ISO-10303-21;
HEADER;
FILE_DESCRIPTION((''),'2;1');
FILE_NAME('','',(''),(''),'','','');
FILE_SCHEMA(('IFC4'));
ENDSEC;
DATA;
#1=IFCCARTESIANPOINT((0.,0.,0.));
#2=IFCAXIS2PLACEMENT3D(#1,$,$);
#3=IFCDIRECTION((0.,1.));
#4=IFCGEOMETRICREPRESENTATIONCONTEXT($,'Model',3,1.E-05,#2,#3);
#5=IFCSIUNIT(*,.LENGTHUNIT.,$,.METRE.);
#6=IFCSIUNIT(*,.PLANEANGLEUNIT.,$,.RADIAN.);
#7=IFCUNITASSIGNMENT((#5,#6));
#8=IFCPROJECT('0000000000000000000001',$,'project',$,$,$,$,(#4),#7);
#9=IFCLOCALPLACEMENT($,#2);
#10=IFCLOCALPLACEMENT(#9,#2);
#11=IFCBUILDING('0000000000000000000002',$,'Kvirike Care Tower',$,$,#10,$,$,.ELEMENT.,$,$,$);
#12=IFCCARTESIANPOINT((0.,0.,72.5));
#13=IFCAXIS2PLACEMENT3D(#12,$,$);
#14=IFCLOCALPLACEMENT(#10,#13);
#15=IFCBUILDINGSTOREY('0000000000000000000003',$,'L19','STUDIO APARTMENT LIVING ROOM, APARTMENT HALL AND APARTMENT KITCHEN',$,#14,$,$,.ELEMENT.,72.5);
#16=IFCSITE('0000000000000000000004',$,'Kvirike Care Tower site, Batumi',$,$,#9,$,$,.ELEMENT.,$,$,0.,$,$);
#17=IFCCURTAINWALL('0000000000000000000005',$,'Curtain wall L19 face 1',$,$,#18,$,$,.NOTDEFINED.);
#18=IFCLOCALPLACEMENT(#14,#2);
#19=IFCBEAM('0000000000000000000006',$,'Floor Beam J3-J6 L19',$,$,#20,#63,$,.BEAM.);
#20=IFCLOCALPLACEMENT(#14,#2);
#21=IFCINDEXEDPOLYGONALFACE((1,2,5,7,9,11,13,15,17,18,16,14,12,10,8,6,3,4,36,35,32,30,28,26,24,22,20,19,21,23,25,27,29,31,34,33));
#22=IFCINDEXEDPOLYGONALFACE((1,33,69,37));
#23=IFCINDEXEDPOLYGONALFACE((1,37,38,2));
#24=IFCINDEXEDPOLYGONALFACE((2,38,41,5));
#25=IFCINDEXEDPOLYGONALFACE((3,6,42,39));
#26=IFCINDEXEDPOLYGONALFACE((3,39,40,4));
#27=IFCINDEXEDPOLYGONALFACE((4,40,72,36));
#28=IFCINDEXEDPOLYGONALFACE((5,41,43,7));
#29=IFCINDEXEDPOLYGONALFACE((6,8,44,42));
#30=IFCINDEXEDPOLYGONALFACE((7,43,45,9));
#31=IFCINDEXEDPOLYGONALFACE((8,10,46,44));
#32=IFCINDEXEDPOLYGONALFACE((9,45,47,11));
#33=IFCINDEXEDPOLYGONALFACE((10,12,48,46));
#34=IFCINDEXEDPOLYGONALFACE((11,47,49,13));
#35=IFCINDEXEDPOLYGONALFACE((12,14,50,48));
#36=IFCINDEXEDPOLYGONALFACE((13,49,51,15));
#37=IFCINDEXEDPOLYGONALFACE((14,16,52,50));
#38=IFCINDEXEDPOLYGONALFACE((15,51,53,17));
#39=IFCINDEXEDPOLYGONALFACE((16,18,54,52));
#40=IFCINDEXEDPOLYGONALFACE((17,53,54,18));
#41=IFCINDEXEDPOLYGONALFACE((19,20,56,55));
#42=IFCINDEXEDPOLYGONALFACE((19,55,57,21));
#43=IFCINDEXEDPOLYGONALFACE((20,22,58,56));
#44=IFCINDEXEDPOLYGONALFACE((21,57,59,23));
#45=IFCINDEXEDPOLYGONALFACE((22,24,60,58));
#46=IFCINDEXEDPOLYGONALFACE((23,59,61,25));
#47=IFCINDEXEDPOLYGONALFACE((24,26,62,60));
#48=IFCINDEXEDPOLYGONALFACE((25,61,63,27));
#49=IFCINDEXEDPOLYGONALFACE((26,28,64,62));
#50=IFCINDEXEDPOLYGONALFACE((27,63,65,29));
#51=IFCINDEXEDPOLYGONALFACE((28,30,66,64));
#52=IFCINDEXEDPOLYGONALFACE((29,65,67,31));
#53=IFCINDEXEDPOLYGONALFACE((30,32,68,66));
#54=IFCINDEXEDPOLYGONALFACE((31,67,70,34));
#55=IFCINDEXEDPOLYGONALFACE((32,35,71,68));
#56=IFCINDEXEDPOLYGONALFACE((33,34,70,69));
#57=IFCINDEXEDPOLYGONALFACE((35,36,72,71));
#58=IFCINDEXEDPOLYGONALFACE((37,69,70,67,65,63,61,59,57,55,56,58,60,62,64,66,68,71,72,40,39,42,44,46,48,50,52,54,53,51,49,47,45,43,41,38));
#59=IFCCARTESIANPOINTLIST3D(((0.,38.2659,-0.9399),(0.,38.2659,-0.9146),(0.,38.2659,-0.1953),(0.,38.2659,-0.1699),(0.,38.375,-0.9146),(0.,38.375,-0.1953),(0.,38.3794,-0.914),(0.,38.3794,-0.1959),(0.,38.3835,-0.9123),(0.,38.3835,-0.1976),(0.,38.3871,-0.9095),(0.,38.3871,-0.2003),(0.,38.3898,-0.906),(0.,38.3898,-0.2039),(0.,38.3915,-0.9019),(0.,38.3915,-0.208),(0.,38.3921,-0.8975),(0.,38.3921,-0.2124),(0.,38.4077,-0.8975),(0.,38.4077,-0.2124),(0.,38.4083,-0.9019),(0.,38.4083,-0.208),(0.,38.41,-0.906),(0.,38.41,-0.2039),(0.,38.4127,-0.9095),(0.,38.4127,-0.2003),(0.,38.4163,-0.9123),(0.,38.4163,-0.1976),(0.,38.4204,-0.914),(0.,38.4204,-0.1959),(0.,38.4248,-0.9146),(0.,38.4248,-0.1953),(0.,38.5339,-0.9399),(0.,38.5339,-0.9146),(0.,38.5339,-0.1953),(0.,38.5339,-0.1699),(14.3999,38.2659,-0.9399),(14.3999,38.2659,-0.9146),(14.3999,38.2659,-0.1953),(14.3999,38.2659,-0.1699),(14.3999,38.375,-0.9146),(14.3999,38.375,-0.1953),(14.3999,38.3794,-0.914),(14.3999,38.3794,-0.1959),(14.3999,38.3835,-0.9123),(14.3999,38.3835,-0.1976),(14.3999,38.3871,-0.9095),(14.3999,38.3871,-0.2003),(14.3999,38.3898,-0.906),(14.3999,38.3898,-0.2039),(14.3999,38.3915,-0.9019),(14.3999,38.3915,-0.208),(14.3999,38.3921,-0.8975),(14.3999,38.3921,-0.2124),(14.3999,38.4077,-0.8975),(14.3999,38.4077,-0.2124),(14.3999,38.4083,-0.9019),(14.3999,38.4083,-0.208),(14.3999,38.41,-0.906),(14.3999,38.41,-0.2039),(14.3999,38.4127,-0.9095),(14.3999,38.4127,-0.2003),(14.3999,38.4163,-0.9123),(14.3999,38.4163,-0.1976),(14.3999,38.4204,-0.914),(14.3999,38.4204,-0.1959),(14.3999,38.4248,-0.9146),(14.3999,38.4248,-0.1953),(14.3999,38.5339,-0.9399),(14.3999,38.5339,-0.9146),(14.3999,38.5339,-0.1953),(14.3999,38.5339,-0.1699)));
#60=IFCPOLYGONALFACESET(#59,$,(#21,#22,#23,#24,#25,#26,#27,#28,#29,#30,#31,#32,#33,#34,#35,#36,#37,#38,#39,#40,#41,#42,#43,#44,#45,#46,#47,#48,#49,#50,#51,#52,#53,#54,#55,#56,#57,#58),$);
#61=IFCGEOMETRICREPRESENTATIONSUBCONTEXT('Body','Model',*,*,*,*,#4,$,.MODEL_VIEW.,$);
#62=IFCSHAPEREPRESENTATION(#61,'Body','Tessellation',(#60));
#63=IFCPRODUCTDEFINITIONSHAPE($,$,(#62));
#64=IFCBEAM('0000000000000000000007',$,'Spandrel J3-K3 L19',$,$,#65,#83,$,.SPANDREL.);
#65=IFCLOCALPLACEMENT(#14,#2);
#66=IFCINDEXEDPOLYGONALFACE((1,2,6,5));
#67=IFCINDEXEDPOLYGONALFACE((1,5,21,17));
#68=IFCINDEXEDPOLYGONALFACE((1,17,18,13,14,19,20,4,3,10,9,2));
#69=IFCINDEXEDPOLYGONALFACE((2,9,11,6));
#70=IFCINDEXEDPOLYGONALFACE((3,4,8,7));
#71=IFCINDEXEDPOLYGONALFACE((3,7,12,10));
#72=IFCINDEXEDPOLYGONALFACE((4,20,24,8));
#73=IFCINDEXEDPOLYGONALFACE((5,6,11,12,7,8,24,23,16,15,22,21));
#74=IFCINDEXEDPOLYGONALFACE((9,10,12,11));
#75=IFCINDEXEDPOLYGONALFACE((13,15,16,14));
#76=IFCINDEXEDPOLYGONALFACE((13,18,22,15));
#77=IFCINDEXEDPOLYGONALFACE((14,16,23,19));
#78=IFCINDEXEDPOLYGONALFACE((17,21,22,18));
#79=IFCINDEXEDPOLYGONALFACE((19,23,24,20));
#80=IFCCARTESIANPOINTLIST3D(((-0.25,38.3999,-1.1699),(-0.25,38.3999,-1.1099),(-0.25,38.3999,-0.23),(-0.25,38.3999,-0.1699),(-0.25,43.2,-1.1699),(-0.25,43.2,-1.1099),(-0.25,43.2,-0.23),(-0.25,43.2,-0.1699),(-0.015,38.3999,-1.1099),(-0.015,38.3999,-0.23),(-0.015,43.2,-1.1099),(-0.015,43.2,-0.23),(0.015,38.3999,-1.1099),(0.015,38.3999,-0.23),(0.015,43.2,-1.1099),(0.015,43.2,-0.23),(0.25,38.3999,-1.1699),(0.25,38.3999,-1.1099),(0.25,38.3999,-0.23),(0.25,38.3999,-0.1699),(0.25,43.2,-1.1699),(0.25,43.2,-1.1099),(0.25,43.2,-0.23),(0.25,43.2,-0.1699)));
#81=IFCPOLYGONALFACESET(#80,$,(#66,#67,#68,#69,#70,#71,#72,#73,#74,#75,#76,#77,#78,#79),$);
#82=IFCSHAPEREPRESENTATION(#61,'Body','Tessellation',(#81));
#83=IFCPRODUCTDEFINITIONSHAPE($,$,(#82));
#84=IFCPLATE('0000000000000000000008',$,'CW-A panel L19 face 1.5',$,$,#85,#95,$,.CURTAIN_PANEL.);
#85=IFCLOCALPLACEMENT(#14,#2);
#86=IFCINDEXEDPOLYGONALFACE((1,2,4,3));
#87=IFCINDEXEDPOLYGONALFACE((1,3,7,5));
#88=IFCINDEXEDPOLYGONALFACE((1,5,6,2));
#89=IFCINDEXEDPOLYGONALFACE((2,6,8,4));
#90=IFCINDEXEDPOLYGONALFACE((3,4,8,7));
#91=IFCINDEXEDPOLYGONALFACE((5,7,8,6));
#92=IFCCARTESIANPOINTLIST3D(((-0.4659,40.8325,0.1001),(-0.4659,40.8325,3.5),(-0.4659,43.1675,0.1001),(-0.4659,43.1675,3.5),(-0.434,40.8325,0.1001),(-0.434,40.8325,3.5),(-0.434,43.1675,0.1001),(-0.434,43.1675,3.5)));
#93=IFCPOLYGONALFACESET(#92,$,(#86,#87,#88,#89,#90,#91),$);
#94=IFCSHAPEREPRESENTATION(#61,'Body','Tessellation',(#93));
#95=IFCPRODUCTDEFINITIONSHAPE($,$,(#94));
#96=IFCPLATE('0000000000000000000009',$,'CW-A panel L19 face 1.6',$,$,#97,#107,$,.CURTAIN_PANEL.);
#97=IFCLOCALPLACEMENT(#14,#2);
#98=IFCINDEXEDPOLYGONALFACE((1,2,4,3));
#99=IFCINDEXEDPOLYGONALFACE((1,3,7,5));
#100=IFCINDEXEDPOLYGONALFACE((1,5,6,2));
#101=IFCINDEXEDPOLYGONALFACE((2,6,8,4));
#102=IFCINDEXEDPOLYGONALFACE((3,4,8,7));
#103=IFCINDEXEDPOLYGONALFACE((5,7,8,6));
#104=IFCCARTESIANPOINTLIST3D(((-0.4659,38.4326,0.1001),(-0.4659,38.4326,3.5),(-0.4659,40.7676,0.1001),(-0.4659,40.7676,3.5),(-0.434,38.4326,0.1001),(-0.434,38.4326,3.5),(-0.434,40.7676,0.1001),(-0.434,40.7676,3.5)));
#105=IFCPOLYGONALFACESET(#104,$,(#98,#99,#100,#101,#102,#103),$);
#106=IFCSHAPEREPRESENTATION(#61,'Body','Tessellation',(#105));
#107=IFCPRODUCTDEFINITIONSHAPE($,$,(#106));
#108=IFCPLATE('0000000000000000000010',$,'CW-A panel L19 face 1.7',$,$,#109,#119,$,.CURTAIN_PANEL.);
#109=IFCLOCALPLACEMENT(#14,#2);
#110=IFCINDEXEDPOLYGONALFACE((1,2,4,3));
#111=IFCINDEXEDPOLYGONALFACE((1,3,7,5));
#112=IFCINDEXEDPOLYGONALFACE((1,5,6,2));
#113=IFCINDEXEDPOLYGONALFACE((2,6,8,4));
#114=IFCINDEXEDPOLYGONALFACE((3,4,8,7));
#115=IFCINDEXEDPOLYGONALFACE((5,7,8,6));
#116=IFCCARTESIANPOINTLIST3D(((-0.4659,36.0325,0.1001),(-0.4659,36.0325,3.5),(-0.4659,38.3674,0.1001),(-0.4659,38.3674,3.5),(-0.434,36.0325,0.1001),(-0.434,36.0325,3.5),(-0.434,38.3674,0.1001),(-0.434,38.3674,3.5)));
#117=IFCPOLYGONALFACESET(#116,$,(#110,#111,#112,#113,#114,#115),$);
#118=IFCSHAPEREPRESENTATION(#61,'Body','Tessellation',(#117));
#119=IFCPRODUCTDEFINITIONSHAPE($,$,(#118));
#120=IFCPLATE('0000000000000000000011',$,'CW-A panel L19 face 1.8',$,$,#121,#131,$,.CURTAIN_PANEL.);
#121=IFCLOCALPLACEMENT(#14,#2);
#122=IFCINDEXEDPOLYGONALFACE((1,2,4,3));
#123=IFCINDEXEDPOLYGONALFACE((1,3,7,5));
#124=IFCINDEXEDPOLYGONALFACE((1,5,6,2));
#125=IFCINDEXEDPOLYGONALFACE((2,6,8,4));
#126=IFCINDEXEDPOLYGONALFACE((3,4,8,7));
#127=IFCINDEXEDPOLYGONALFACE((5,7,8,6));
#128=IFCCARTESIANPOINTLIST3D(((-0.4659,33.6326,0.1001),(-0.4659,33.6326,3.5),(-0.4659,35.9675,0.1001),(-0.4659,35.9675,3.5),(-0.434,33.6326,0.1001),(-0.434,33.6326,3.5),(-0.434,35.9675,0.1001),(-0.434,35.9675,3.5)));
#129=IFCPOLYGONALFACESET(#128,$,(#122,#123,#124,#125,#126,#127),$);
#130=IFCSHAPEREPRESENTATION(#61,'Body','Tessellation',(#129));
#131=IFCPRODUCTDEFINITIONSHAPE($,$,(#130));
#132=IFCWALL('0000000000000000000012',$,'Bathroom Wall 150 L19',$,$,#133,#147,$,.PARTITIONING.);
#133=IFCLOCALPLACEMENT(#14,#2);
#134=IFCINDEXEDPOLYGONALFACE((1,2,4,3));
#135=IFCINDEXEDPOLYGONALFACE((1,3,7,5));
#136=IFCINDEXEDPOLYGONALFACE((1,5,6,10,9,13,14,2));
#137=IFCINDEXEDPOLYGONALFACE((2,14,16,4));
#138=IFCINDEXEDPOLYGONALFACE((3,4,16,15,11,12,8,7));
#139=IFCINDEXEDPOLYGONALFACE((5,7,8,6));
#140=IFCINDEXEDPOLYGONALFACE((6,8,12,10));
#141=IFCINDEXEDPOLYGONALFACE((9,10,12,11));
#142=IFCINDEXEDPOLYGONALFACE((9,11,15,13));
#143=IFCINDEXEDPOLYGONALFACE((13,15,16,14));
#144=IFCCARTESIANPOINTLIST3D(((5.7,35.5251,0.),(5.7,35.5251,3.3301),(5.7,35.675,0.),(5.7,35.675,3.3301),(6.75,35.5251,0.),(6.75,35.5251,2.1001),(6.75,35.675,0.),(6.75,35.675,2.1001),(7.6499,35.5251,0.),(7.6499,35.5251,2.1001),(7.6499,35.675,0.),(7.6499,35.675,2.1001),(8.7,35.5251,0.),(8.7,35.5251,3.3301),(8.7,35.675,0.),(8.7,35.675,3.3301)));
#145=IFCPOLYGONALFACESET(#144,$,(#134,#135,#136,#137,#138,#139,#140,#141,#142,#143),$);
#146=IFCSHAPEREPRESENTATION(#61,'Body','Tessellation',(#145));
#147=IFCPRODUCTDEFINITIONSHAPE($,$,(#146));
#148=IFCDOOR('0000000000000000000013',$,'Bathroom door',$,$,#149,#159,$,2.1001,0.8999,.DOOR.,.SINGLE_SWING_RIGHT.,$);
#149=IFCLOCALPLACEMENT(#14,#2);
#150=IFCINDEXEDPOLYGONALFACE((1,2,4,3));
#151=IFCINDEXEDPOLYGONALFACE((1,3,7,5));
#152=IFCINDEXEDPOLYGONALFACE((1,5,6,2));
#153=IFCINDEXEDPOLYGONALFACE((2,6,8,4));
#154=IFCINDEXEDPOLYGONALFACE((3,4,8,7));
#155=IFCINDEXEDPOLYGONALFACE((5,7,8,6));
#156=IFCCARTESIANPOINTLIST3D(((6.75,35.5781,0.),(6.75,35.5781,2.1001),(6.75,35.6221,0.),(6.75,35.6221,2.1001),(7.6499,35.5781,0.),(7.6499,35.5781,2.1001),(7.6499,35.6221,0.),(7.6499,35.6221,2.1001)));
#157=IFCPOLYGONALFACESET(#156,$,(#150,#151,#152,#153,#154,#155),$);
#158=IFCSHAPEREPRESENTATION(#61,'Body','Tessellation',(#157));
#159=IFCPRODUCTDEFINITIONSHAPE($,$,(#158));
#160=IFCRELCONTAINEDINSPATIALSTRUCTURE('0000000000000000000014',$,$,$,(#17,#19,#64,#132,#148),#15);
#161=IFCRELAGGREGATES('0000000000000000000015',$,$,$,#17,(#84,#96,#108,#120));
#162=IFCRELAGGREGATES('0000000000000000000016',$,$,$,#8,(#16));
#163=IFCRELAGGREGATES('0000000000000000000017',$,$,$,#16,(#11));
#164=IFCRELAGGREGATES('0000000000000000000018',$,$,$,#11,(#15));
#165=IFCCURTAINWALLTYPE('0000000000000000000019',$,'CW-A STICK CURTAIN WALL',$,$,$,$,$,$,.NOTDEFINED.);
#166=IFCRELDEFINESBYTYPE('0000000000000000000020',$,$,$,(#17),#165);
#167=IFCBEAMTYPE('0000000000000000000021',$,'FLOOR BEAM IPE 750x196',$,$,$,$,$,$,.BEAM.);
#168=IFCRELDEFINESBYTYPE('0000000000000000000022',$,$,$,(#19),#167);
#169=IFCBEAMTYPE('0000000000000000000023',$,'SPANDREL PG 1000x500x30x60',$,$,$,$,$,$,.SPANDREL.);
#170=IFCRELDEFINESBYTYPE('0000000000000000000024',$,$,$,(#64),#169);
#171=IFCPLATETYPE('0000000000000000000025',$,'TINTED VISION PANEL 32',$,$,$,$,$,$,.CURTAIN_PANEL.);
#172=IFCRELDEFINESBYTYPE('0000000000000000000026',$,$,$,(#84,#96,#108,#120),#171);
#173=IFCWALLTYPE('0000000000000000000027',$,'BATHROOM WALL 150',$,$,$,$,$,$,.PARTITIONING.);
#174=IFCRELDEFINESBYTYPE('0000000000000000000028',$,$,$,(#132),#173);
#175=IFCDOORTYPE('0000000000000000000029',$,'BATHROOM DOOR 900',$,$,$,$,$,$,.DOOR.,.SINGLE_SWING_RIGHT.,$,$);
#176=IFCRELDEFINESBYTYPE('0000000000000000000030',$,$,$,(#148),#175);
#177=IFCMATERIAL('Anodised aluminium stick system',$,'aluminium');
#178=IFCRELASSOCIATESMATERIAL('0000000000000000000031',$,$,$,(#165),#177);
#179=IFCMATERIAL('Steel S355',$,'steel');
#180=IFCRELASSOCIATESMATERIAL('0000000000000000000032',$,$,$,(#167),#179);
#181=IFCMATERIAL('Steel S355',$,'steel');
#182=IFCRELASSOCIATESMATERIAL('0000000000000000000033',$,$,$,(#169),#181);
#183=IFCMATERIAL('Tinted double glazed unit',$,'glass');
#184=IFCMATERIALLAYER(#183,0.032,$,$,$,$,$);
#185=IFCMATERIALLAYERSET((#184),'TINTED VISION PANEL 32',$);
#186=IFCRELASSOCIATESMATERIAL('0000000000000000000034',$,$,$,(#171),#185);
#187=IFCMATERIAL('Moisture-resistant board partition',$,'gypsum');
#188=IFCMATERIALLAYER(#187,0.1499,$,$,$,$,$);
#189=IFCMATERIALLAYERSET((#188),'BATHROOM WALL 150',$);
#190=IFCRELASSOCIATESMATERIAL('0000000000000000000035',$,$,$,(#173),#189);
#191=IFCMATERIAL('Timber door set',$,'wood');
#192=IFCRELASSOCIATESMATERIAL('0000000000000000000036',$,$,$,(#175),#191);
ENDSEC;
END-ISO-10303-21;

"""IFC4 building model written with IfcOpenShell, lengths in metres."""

from ifc_helpers import new_model, si_unit, direction, frame, frame_2d, origin, origin_2d, place, context, subcontext, project, spatial, rectangle, i_section, extrude, material, layer, layer_set, material_profile, profile_set, type_object, element, fill, aggregate, save


model = new_model("IFC4")

# Units and contexts
model_context = context("Model", 3, precision=1e-05, world=origin(), true_north=direction((0.0, 1.0)))
body_context = subcontext(model_context, "Body", "Model", "MODEL_VIEW")
ifc_project = project(units=[si_unit("LENGTHUNIT", "METRE"), si_unit("PLANEANGLEUNIT", "RADIAN")], contexts=[model_context])

# Site, building, storey
site_placement = place(None, origin())
site = spatial("IfcSite", under=ifc_project, at=site_placement, Name="Kvirike Care Tower site, Batumi", CompositionType="ELEMENT", RefElevation=0.0)
building_placement = place(site_placement, origin())
building = spatial("IfcBuilding", under=site, at=building_placement, Name="Kvirike Care Tower", CompositionType="ELEMENT")
storey_placement = place(building_placement, frame((0.0, 0.0, 72.5)))
storey = spatial("IfcBuildingStorey", under=building, at=storey_placement, Name="L19", Description="STUDIO APARTMENT LIVING ROOM, APARTMENT HALL AND APARTMENT KITCHEN", CompositionType="ELEMENT", Elevation=72.5)

# Curtain wall
ifc_material_1 = material(Name="Anodised aluminium stick system", Category="aluminium")
curtain_wall_type = type_object("IfcCurtainWallType", Name="CW-A STICK CURTAIN WALL", PredefinedType="NOTDEFINED", material=ifc_material_1)
curtain_wall_placement = place(storey_placement, origin())
curtain_wall = element("IfcCurtainWall", 1, at=curtain_wall_placement, inside=storey, type_object=curtain_wall_type, Name="Curtain wall L19 face 1", PredefinedType="NOTDEFINED")

# Beams
ifc_material_2 = material(Name="Steel S355", Category="steel")
ifc_material_profile_1 = material_profile(ifc_material_2, i_section(OverallWidth=0.2681, OverallDepth=0.77, WebThickness=0.0156, FlangeThickness=0.0254, FilletRadius=0.0171, at=origin_2d()), Name="IPE 750x196")
ifc_profile_set_1 = profile_set([ifc_material_profile_1], Name="Steel S355")
beam_type_1 = type_object("IfcBeamType", Name="FLOOR BEAM IPE 750x196", PredefinedType="BEAM", material=ifc_profile_set_1)
beam_1_placement = place(storey_placement, frame((0.0, 38.3999, -0.5549), z_axis=(1.0, 0.0, 0.0), x_axis=(0.0, 1.0, 0.0)))
element("IfcBeam", 2, at=beam_1_placement, inside=storey, type_object=beam_type_1, Name="Floor Beam J3-J6 L19", PredefinedType="BEAM", context=body_context, shape_type="SweptSolid", body=[
    extrude(i_section(OverallWidth=0.2681, OverallDepth=0.77, WebThickness=0.0156, FlangeThickness=0.0254, FilletRadius=0.0171, at=origin_2d()), origin(), (0.0, 0.0, 1.0), 14.3999),
])
ifc_material_3 = material(Name="Steel S355", Category="steel")
ifc_material_profile_2 = material_profile(ifc_material_3, i_section(OverallWidth=0.5, OverallDepth=1.0, WebThickness=0.03, FlangeThickness=0.0601, at=origin_2d()), Name="PG 1000x500x30x60")
ifc_profile_set_2 = profile_set([ifc_material_profile_2], Name="Steel S355")
beam_type_2 = type_object("IfcBeamType", Name="SPANDREL PG 1000x500x30x60", PredefinedType="SPANDREL", material=ifc_profile_set_2)
beam_2_placement = place(storey_placement, frame((0.0, 38.3999, -0.6699), z_axis=(0.0, 1.0, 0.0), x_axis=(-1.0, 0.0, 0.0)))
element("IfcBeam", 3, at=beam_2_placement, inside=storey, type_object=beam_type_2, Name="Spandrel J3-K3 L19", PredefinedType="SPANDREL", context=body_context, shape_type="SweptSolid", body=[
    extrude(i_section(OverallWidth=0.5, OverallDepth=1.0, WebThickness=0.03, FlangeThickness=0.0601, at=origin_2d()), origin(), (0.0, 0.0, 1.0), 4.8),
])

# Plates
ifc_material_4 = material(Name="Tinted double glazed unit", Category="glass")
ifc_layer_1 = layer(ifc_material_4, 0.032)
ifc_layer_set_1 = layer_set([ifc_layer_1], Name="TINTED VISION PANEL 32")
plate_type = type_object("IfcPlateType", Name="TINTED VISION PANEL 32", PredefinedType="CURTAIN_PANEL", material=ifc_layer_set_1)
plate_1_placement = place(storey_placement, frame((-0.45, 42.0, 0.1001), z_axis=(0.0, 0.0, 1.0), x_axis=(0.0, -1.0, 0.0)))
plate_1 = element("IfcPlate", 4, at=plate_1_placement, type_object=plate_type, Name="CW-A panel L19 face 1.5", PredefinedType="CURTAIN_PANEL", context=body_context, shape_type="SweptSolid", body=[
    extrude(rectangle(XDim=2.335, YDim=0.032, at=origin_2d()), origin(), (0.0, 0.0, 1.0), 3.3999),
])
plate_2_placement = place(storey_placement, frame((-0.45, 39.6001, 0.1001), z_axis=(0.0, 0.0, 1.0), x_axis=(0.0, -1.0, 0.0)))
plate_2 = element("IfcPlate", 5, at=plate_2_placement, type_object=plate_type, Name="CW-A panel L19 face 1.6", PredefinedType="CURTAIN_PANEL", context=body_context, shape_type="SweptSolid", body=[
    extrude(rectangle(XDim=2.335, YDim=0.032, at=origin_2d()), origin(), (0.0, 0.0, 1.0), 3.3999),
])
plate_3_placement = place(storey_placement, frame((-0.45, 37.2, 0.1001), z_axis=(0.0, 0.0, 1.0), x_axis=(0.0, -1.0, 0.0)))
plate_3 = element("IfcPlate", 6, at=plate_3_placement, type_object=plate_type, Name="CW-A panel L19 face 1.7", PredefinedType="CURTAIN_PANEL", context=body_context, shape_type="SweptSolid", body=[
    extrude(rectangle(XDim=2.335, YDim=0.032, at=origin_2d()), origin(), (0.0, 0.0, 1.0), 3.3999),
])
plate_4_placement = place(storey_placement, frame((-0.45, 34.8, 0.1001), z_axis=(0.0, 0.0, 1.0), x_axis=(0.0, -1.0, 0.0)))
plate_4 = element("IfcPlate", 7, at=plate_4_placement, type_object=plate_type, Name="CW-A panel L19 face 1.8", PredefinedType="CURTAIN_PANEL", context=body_context, shape_type="SweptSolid", body=[
    extrude(rectangle(XDim=2.335, YDim=0.032, at=origin_2d()), origin(), (0.0, 0.0, 1.0), 3.3999),
])
aggregate(curtain_wall, [plate_1, plate_2, plate_3, plate_4])

# Wall, opening, door
ifc_material_5 = material(Name="Moisture-resistant board partition", Category="gypsum")
ifc_layer_2 = layer(ifc_material_5, 0.1499)
ifc_layer_set_2 = layer_set([ifc_layer_2], Name="BATHROOM WALL 150")
wall_type_1 = type_object("IfcWallType", Name="BATHROOM WALL 150", PredefinedType="PARTITIONING", material=ifc_layer_set_2)
wall_1_placement = place(storey_placement, frame((5.7, 35.6001, 0.0), z_axis=(0.0, 0.0, 1.0), x_axis=(1.0, 0.0, 0.0)))
wall_1 = element("IfcWall", 8, at=wall_1_placement, inside=storey, type_object=wall_type_1, Name="Bathroom Wall 150 L19", PredefinedType="PARTITIONING", context=body_context, shape_type="SweptSolid", body=[
    extrude(rectangle(XDim=3.0, YDim=0.1499, at=frame_2d((1.5, 0.0))), origin(), (0.0, 0.0, 1.0), 3.3301),
])
opening_1_placement = place(wall_1_placement, frame((1.05, 0.0, 0.0)))
opening_1 = element("IfcOpeningElement", 9, at=opening_1_placement, cuts=wall_1, PredefinedType="OPENING", context=body_context, shape_type="SweptSolid", body=[
    extrude(rectangle(XDim=0.8999, YDim=2.1001, at=frame_2d((0.45, 1.05))), frame((0.0, 0.0854, 0.0), z_axis=(0.0, -1.0, 0.0), x_axis=(1.0, 0.0, 0.0)), (0.0, 0.0, 1.0), 0.1709),
])
ifc_material_6 = material(Name="Timber door set", Category="wood")
door_type_1 = type_object("IfcDoorType", Name="BATHROOM DOOR 900", OperationType="SINGLE_SWING_RIGHT", PredefinedType="DOOR", material=ifc_material_6)
door_1_placement = place(opening_1_placement, origin())
door_1 = element("IfcDoor", 10, at=door_1_placement, inside=storey, type_object=door_type_1, Name="Bathroom door", OperationType="SINGLE_SWING_RIGHT", OverallHeight=2.1001, OverallWidth=0.8999, PredefinedType="DOOR", context=body_context, shape_type="SweptSolid", body=[
    extrude(rectangle(XDim=0.8999, YDim=2.1001, at=frame_2d((0.45, 1.05))), frame((0.0, 0.022, 0.0), z_axis=(0.0, -1.0, 0.0), x_axis=(1.0, 0.0, 0.0)), (0.0, 0.0, 1.0), 0.0439),
])
fill(opening_1, door_1)

save(model, "model.ifc")
